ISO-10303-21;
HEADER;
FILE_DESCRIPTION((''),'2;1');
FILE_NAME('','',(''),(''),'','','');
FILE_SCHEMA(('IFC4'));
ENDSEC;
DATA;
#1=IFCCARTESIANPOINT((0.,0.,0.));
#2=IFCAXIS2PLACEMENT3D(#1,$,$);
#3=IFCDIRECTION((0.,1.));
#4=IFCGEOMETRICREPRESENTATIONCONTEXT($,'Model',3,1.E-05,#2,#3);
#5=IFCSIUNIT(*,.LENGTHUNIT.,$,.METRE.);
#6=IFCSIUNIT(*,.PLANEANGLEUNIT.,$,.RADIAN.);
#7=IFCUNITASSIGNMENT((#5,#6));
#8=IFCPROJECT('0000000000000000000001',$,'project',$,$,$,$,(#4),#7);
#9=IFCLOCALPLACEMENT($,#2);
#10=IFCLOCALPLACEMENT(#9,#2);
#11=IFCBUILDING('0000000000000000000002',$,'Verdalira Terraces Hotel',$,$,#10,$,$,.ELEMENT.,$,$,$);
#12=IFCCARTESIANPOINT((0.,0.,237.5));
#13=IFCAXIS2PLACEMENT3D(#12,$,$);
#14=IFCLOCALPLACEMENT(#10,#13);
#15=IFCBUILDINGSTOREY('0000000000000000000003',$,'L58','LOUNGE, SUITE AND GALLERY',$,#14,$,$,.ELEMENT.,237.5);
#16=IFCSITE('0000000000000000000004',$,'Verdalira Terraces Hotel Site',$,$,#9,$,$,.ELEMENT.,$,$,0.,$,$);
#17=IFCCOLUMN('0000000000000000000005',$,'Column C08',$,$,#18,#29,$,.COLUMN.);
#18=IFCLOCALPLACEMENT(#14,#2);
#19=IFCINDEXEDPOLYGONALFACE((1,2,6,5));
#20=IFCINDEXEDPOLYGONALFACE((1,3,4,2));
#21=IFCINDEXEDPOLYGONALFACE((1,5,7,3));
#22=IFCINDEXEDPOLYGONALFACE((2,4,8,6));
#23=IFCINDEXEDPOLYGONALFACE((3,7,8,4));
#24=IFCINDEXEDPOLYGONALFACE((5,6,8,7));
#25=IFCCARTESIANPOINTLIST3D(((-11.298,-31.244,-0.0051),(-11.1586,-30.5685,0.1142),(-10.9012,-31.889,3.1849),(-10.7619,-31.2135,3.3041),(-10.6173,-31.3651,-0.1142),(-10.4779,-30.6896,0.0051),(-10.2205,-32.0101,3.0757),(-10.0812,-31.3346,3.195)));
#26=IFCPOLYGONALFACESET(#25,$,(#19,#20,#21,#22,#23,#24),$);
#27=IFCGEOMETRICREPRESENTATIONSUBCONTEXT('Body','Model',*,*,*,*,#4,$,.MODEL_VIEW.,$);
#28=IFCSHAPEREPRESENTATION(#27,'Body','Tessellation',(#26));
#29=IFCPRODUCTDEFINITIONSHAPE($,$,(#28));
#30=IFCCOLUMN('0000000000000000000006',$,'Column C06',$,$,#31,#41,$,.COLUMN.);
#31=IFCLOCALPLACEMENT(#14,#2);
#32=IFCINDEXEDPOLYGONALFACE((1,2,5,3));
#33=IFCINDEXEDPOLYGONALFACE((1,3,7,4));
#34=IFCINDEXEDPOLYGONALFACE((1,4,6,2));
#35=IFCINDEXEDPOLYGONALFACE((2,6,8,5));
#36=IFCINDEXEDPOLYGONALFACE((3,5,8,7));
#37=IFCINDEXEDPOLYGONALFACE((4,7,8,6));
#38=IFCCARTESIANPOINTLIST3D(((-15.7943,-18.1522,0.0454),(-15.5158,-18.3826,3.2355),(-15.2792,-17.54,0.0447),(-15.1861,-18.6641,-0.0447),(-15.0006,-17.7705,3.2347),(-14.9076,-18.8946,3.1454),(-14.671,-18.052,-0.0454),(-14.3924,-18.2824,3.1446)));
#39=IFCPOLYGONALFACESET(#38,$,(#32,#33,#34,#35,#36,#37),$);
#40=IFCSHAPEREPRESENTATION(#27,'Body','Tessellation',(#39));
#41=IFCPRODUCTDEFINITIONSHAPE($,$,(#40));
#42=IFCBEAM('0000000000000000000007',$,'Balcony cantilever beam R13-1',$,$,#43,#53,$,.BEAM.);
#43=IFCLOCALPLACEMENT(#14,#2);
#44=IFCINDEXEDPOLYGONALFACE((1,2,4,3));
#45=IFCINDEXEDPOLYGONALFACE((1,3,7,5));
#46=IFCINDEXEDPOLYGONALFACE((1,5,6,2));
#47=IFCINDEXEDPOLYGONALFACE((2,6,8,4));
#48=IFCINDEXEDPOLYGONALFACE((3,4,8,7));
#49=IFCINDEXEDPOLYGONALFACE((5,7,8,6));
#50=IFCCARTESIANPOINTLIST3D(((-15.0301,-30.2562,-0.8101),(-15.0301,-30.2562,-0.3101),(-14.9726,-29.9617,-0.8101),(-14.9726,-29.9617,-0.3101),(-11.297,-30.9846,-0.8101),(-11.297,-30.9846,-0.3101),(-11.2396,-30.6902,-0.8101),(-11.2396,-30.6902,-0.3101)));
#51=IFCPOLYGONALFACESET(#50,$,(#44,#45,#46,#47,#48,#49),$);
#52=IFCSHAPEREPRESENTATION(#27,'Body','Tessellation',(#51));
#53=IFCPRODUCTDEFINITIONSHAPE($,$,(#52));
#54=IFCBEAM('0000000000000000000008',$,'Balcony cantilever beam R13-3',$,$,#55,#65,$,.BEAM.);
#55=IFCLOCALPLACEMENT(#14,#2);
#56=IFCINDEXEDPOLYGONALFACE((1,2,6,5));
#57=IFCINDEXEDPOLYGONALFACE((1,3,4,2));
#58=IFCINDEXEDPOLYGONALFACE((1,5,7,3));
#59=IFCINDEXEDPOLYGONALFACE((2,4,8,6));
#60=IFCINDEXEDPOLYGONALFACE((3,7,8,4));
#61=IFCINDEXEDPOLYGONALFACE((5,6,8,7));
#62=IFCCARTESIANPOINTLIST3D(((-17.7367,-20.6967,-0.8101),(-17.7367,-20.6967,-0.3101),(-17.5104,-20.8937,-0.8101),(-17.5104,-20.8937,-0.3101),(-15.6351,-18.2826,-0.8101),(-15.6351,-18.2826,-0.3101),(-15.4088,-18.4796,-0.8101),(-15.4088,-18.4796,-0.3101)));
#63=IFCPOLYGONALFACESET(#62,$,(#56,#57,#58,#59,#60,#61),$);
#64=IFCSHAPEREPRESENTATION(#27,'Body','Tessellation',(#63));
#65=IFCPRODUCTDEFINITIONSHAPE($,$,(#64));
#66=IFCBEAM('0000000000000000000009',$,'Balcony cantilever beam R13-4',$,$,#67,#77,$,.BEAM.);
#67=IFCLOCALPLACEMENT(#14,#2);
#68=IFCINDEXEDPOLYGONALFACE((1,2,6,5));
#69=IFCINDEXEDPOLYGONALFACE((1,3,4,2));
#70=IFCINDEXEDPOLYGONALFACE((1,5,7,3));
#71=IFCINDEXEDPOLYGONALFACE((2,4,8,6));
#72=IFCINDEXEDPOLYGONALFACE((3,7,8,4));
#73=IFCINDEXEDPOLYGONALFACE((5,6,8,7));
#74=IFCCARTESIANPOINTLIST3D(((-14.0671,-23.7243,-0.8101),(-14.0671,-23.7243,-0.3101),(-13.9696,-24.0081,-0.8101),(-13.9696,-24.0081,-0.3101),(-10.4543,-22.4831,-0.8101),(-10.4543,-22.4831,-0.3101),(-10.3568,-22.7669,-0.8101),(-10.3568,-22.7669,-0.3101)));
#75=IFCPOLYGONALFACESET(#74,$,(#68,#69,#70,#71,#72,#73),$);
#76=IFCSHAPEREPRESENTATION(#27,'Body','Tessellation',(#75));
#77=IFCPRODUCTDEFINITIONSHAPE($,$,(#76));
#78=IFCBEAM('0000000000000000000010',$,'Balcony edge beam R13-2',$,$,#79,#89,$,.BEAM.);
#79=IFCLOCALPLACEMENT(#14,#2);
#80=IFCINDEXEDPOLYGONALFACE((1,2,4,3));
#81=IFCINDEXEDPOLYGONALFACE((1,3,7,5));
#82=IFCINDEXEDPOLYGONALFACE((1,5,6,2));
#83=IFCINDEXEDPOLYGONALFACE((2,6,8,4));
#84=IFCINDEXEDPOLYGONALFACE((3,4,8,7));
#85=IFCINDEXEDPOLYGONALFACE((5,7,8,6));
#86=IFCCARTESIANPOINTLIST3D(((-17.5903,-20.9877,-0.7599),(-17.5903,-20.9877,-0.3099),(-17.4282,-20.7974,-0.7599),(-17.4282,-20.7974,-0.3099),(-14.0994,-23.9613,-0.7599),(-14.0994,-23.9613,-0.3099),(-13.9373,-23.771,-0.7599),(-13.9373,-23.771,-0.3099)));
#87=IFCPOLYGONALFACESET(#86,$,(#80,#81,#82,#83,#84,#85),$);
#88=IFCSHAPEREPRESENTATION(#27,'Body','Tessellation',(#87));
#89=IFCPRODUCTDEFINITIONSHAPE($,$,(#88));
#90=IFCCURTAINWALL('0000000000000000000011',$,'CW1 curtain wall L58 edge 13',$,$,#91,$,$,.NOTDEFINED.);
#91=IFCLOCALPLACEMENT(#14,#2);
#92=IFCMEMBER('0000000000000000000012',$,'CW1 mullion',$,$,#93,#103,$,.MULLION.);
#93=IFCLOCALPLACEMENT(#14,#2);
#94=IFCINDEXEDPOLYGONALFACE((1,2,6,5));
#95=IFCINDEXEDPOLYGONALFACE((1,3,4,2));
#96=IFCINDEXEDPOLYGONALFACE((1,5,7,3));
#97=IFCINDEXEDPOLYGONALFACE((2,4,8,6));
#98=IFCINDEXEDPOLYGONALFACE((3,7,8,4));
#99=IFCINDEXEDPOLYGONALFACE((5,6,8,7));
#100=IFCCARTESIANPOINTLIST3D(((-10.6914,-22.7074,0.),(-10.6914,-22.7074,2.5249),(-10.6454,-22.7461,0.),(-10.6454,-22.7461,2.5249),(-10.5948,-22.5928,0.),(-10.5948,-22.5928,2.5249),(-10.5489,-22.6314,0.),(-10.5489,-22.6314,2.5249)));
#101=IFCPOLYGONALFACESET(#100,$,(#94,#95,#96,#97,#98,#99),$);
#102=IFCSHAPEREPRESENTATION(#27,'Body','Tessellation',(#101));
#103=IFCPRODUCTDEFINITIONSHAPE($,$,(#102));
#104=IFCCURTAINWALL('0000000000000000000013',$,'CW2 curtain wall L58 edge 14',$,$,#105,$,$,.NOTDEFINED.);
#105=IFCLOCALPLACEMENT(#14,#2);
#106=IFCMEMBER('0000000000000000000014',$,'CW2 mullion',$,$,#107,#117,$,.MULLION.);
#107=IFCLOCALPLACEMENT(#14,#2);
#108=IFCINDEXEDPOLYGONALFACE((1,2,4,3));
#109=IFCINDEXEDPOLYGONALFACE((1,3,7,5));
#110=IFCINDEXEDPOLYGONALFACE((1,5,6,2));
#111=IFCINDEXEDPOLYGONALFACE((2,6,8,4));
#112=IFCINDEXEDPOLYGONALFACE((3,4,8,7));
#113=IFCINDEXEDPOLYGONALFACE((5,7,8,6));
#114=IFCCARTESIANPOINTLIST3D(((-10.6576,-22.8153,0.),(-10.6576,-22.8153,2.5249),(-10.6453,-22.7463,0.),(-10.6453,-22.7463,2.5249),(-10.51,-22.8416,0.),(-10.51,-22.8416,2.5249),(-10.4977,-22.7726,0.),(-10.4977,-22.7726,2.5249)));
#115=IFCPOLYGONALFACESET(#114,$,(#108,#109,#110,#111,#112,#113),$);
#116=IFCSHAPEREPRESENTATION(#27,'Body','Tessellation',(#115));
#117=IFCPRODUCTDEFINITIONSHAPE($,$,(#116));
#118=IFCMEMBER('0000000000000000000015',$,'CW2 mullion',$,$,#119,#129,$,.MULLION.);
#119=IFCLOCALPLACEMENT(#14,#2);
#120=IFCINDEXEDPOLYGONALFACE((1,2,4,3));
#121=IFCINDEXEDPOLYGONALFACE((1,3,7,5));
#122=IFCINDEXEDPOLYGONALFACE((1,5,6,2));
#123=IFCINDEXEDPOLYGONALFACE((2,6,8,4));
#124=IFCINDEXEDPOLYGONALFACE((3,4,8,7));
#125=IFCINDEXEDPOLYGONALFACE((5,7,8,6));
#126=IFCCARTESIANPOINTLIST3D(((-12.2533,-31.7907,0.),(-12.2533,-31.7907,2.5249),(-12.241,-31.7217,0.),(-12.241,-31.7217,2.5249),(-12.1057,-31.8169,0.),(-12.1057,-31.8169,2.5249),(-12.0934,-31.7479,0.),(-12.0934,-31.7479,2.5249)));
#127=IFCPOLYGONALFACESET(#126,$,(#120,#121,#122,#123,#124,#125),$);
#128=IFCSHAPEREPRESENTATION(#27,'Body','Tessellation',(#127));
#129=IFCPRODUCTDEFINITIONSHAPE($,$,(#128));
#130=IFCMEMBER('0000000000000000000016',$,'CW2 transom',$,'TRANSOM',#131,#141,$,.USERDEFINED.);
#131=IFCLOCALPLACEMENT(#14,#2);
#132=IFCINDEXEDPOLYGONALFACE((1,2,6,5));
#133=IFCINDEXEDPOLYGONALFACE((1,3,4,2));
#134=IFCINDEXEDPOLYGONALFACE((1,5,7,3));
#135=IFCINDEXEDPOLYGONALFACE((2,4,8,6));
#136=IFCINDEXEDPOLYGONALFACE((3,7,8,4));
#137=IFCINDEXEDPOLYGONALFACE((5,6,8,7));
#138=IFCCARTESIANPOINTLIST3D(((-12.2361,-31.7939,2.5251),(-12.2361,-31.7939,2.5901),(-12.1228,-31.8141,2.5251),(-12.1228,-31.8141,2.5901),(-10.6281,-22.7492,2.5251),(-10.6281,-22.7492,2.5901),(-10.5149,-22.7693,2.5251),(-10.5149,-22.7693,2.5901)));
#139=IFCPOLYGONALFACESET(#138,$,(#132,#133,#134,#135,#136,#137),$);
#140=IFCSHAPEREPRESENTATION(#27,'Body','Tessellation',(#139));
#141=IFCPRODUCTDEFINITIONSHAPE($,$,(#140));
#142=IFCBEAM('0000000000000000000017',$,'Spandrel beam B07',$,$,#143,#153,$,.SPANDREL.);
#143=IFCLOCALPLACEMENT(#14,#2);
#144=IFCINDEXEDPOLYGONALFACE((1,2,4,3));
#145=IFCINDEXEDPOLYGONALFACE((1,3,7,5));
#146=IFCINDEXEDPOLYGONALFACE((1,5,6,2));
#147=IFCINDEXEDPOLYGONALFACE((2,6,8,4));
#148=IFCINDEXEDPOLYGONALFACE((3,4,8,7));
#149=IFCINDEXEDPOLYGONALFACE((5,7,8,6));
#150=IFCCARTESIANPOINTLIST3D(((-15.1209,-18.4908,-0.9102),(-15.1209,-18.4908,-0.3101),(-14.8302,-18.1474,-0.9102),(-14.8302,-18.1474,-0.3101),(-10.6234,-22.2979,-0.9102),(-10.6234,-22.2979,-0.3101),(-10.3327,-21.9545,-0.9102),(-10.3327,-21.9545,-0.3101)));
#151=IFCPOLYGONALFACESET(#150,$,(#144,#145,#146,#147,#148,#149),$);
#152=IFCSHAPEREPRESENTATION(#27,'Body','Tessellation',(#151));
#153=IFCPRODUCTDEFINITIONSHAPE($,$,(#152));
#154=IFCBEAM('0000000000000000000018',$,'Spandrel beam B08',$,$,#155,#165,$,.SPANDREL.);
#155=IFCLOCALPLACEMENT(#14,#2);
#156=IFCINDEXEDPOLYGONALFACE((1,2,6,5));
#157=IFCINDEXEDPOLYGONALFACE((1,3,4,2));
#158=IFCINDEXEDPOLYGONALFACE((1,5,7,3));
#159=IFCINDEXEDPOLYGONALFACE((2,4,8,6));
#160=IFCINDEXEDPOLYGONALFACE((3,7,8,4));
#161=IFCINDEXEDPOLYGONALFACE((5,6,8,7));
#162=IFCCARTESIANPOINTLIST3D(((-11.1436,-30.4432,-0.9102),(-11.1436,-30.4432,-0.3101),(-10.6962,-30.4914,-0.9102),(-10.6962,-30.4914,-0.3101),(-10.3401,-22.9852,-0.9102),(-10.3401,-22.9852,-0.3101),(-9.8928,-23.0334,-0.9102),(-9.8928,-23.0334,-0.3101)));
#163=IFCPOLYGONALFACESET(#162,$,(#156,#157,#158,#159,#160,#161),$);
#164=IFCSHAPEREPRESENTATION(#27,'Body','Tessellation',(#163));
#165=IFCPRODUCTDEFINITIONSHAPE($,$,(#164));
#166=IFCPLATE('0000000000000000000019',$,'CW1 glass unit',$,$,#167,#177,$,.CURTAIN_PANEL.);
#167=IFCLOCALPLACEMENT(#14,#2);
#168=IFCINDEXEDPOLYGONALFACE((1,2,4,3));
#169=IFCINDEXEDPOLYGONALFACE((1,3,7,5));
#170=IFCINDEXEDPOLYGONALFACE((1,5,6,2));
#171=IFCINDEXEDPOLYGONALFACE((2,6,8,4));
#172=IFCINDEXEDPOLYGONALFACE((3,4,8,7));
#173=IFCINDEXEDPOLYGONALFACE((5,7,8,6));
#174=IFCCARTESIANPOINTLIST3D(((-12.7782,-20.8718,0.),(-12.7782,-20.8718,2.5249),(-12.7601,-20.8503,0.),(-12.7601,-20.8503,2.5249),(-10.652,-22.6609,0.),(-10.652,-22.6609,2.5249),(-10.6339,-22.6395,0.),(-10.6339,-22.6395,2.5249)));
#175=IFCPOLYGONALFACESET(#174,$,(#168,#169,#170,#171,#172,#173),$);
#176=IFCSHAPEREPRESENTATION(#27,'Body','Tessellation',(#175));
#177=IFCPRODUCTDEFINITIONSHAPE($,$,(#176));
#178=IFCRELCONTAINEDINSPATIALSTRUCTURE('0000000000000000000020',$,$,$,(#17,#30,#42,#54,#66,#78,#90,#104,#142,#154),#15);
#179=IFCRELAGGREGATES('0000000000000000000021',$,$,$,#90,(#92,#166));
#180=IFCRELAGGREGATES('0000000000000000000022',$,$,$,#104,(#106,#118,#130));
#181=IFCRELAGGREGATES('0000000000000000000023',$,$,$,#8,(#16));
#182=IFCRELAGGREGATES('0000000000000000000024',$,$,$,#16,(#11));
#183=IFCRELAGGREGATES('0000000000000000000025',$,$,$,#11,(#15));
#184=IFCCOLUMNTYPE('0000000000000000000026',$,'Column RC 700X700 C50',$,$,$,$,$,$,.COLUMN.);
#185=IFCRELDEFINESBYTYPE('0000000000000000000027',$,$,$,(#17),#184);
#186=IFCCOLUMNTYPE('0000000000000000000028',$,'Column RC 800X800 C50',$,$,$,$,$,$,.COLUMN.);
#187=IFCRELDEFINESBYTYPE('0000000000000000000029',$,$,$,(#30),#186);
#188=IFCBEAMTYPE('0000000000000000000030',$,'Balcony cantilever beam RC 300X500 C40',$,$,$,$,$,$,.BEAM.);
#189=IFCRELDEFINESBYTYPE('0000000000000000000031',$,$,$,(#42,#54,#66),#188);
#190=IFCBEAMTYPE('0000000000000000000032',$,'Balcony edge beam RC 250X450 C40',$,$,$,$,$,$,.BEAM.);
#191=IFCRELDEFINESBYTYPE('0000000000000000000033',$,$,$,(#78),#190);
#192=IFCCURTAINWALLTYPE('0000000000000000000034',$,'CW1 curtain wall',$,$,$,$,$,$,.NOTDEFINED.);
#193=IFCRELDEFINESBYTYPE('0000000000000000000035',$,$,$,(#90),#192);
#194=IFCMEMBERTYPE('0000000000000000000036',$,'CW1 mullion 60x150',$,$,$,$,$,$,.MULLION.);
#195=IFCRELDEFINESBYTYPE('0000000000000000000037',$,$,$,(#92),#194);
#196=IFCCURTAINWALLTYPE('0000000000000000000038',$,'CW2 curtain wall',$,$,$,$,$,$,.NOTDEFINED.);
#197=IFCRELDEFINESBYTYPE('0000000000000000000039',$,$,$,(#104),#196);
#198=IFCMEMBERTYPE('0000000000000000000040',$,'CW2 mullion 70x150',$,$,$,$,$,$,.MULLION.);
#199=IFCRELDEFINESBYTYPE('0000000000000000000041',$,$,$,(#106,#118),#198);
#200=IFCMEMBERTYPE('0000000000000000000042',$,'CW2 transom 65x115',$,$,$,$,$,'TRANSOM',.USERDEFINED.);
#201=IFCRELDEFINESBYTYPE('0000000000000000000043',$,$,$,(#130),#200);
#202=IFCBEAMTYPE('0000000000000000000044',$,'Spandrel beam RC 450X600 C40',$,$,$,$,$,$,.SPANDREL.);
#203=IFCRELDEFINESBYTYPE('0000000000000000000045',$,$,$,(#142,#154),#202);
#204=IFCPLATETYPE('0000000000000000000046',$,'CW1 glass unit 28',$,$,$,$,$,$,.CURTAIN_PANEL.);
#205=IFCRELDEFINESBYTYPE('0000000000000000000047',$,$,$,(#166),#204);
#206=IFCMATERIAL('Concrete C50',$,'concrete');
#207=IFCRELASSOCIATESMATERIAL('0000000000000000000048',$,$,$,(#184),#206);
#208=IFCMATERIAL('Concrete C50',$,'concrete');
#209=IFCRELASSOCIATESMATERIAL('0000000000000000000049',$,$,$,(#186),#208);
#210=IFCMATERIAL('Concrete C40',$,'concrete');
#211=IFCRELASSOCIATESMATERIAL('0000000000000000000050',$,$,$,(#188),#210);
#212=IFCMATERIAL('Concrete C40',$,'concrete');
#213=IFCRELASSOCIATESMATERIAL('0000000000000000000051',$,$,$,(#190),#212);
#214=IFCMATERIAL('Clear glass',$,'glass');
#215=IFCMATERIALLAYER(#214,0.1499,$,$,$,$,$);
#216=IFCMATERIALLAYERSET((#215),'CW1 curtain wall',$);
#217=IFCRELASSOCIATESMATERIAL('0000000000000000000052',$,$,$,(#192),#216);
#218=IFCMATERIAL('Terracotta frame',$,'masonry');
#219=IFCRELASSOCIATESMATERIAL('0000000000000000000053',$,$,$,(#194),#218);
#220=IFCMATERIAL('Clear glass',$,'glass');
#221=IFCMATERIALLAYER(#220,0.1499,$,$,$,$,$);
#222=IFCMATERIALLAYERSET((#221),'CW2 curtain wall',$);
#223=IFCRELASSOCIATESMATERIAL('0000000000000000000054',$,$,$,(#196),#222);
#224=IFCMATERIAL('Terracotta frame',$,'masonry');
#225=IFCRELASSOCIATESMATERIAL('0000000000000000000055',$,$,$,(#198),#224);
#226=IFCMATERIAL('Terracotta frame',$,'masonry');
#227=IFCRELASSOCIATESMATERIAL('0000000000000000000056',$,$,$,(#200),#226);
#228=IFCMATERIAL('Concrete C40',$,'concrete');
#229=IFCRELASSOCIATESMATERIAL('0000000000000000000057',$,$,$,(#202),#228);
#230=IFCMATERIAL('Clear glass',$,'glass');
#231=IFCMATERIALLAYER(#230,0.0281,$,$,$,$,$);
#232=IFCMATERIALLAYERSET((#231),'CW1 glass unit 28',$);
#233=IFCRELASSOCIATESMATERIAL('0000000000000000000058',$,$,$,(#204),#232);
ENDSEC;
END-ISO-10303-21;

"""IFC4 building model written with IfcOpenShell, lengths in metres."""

from ifc_helpers import new_model, si_unit, direction, frame, origin, origin_2d, place, context, subcontext, project, spatial, rectangle, extrude, material, layer, layer_set, material_profile, profile_set, type_object, element, aggregate, save


model = new_model("IFC4")

# Units and contexts
model_context = context("Model", 3, precision=1e-05, world=origin(), true_north=direction((0.0, 1.0)))
body_context = subcontext(model_context, "Body", "Model", "MODEL_VIEW")
ifc_project = project(units=[si_unit("LENGTHUNIT", "METRE"), si_unit("PLANEANGLEUNIT", "RADIAN")], contexts=[model_context])

# Site, building, storey
site_placement = place(None, origin())
site = spatial("IfcSite", under=ifc_project, at=site_placement, Name="Verdalira Terraces Hotel Site", CompositionType="ELEMENT", RefElevation=0.0)
building_placement = place(site_placement, origin())
building = spatial("IfcBuilding", under=site, at=building_placement, Name="Verdalira Terraces Hotel", CompositionType="ELEMENT")
storey_placement = place(building_placement, frame((0.0, 0.0, 237.5)))
storey = spatial("IfcBuildingStorey", under=building, at=storey_placement, Name="L58", Description="LOUNGE, SUITE AND GALLERY", CompositionType="ELEMENT", Elevation=237.5)

# Columns
ifc_material_1 = material(Name="Concrete C50", Category="concrete")
ifc_material_profile_1 = material_profile(ifc_material_1, rectangle(XDim=0.7, YDim=0.7, at=origin_2d()), Name="RC 700X700")
ifc_profile_set_1 = profile_set([ifc_material_profile_1], Name="Concrete C50")
column_type_1 = type_object("IfcColumnType", Name="Column RC 700X700 C50", PredefinedType="COLUMN", material=ifc_profile_set_1)
column_1_placement = place(storey_placement, frame((-10.8879, -30.9668, 0.0), z_axis=(0.121006, -0.196737, 0.972961), x_axis=(-0.199084, -0.965058, -0.170379)))
element("IfcColumn", 1, at=column_1_placement, inside=storey, type_object=column_type_1, Name="Column C08", PredefinedType="COLUMN", context=body_context, shape_type="SweptSolid", body=[
    extrude(rectangle(XDim=0.7, YDim=0.7, at=origin_2d()), origin(), (0.0, 0.0, 1.0), 3.2786),
])
ifc_material_2 = material(Name="Concrete C50", Category="concrete")
ifc_material_profile_2 = material_profile(ifc_material_2, rectangle(XDim=0.8, YDim=0.8, at=origin_2d()), Name="RC 800X800")
ifc_profile_set_2 = profile_set([ifc_material_profile_2], Name="Concrete C50")
column_type_2 = type_object("IfcColumnType", Name="Column RC 800X800 C50", PredefinedType="COLUMN", material=ifc_profile_set_2)
column_2_placement = place(storey_placement, frame((-15.2327, -18.1021, 0.0), z_axis=(0.08677, -0.071789, 0.993638), x_axis=(0.760182, -0.639876, -0.112614)))
element("IfcColumn", 2, at=column_2_placement, inside=storey, type_object=column_type_2, Name="Column C06", PredefinedType="COLUMN", context=body_context, shape_type="SweptSolid", body=[
    extrude(rectangle(XDim=0.8, YDim=0.8, at=origin_2d()), origin(), (0.0, 0.0, 1.0), 3.2104),
])

# Beams
ifc_material_3 = material(Name="Concrete C40", Category="concrete")
ifc_material_profile_3 = material_profile(ifc_material_3, rectangle(XDim=0.3, YDim=0.5, at=origin_2d()), Name="RC 300X500")
ifc_profile_set_3 = profile_set([ifc_material_profile_3], Name="Concrete C40")
beam_type_1 = type_object("IfcBeamType", Name="Balcony cantilever beam RC 300X500 C40", PredefinedType="BEAM", material=ifc_profile_set_3)
beam_1_placement = place(storey_placement, frame((-11.2683, -30.8374, -0.5601), z_axis=(-0.981486, 0.191534, 0.0), x_axis=(-0.191534, -0.981486, 0.0)))
element("IfcBeam", 3, at=beam_1_placement, inside=storey, type_object=beam_type_1, Name="Balcony cantilever beam R13-1", PredefinedType="BEAM", context=body_context, shape_type="SweptSolid", body=[
    extrude(rectangle(XDim=0.3, YDim=0.5, at=origin_2d()), origin(), (0.0, 0.0, 1.0), 3.8035),
])
beam_2_placement = place(storey_placement, frame((-15.522, -18.3811, -0.5601), z_axis=(-0.656602, -0.754238, 0.0), x_axis=(0.754238, -0.656602, 0.0)))
element("IfcBeam", 4, at=beam_2_placement, inside=storey, type_object=beam_type_1, Name="Balcony cantilever beam R13-3", PredefinedType="BEAM", context=body_context, shape_type="SweptSolid", body=[
    extrude(rectangle(XDim=0.3, YDim=0.5, at=origin_2d()), origin(), (0.0, 0.0, 1.0), 3.2007),
])
beam_3_placement = place(storey_placement, frame((-10.4055, -22.625, -0.5601), z_axis=(-0.945742, -0.324919, 0.0), x_axis=(0.324919, -0.945742, 0.0)))
element("IfcBeam", 5, at=beam_3_placement, inside=storey, type_object=beam_type_1, Name="Balcony cantilever beam R13-4", PredefinedType="BEAM", context=body_context, shape_type="SweptSolid", body=[
    extrude(rectangle(XDim=0.3, YDim=0.5, at=origin_2d()), origin(), (0.0, 0.0, 1.0), 3.8201),
])
ifc_material_4 = material(Name="Concrete C40", Category="concrete")
ifc_material_profile_4 = material_profile(ifc_material_4, rectangle(XDim=0.25, YDim=0.45, at=origin_2d()), Name="RC 250X450")
ifc_profile_set_4 = profile_set([ifc_material_profile_4], Name="Concrete C40")
beam_type_2 = type_object("IfcBeamType", Name="Balcony edge beam RC 250X450 C40", PredefinedType="BEAM", material=ifc_profile_set_4)
beam_4_placement = place(storey_placement, frame((-17.5093, -20.8926, -0.5349), z_axis=(0.76126, -0.648447, 0.0), x_axis=(0.648447, 0.76126, 0.0)))
element("IfcBeam", 6, at=beam_4_placement, inside=storey, type_object=beam_type_2, Name="Balcony edge beam R13-2", PredefinedType="BEAM", context=body_context, shape_type="SweptSolid", body=[
    extrude(rectangle(XDim=0.25, YDim=0.45, at=origin_2d()), origin(), (0.0, 0.0, 1.0), 4.5857),
])

# Curtain wall, member
ifc_material_5 = material(Name="Clear glass", Category="glass")
ifc_layer_1 = layer(ifc_material_5, 0.1499)
ifc_layer_set_1 = layer_set([ifc_layer_1], Name="CW1 curtain wall")
curtain_wall_type_1 = type_object("IfcCurtainWallType", Name="CW1 curtain wall", PredefinedType="NOTDEFINED", material=ifc_layer_set_1)
curtain_wall_1_placement = place(storey_placement, origin())
curtain_wall_1 = element("IfcCurtainWall", 7, at=curtain_wall_1_placement, inside=storey, type_object=curtain_wall_type_1, Name="CW1 curtain wall L58 edge 13", PredefinedType="NOTDEFINED")
ifc_material_6 = material(Name="Terracotta frame", Category="masonry")
ifc_material_profile_5 = material_profile(ifc_material_6, rectangle(XDim=0.0601, YDim=0.1499, at=origin_2d()), Name="MU 60x150")
ifc_profile_set_5 = profile_set([ifc_material_profile_5], Name="Terracotta frame")
member_type_1 = type_object("IfcMemberType", Name="CW1 mullion 60x150", PredefinedType="MULLION", material=ifc_profile_set_5)
member_1_placement = place(storey_placement, frame((-10.6201, -22.6694, 0.0), z_axis=(0.0, 0.0, 1.0), x_axis=(0.765146, -0.643857, 0.0)))
member_1 = element("IfcMember", 8, at=member_1_placement, type_object=member_type_1, Name="CW1 mullion", PredefinedType="MULLION", context=body_context, shape_type="SweptSolid", body=[
    extrude(rectangle(XDim=0.0601, YDim=0.1499, at=origin_2d()), origin(), (0.0, 0.0, 1.0), 2.5249),
])

# Curtain wall, members
ifc_material_7 = material(Name="Clear glass", Category="glass")
ifc_layer_2 = layer(ifc_material_7, 0.1499)
ifc_layer_set_2 = layer_set([ifc_layer_2], Name="CW2 curtain wall")
curtain_wall_type_2 = type_object("IfcCurtainWallType", Name="CW2 curtain wall", PredefinedType="NOTDEFINED", material=ifc_layer_set_2)
curtain_wall_2_placement = place(storey_placement, origin())
curtain_wall_2 = element("IfcCurtainWall", 9, at=curtain_wall_2_placement, inside=storey, type_object=curtain_wall_type_2, Name="CW2 curtain wall L58 edge 14", PredefinedType="NOTDEFINED")
ifc_material_8 = material(Name="Terracotta frame", Category="masonry")
ifc_material_profile_6 = material_profile(ifc_material_8, rectangle(XDim=0.0701, YDim=0.1499, at=origin_2d()), Name="MU 70x150")
ifc_profile_set_6 = profile_set([ifc_material_profile_6], Name="Terracotta frame")
member_type_2 = type_object("IfcMemberType", Name="CW2 mullion 70x150", PredefinedType="MULLION", material=ifc_profile_set_6)
member_2_placement = place(storey_placement, frame((-10.5776, -22.7939, 0.0), z_axis=(0.0, 0.0, 1.0), x_axis=(-0.175023, -0.984564, 0.0)))
member_2 = element("IfcMember", 10, at=member_2_placement, type_object=member_type_2, Name="CW2 mullion", PredefinedType="MULLION", context=body_context, shape_type="SweptSolid", body=[
    extrude(rectangle(XDim=0.0701, YDim=0.1499, at=origin_2d()), origin(), (0.0, 0.0, 1.0), 2.5249),
])
member_3_placement = place(storey_placement, frame((-12.1733, -31.7693, 0.0), z_axis=(0.0, 0.0, 1.0), x_axis=(-0.175023, -0.984564, 0.0)))
member_3 = element("IfcMember", 11, at=member_3_placement, type_object=member_type_2, Name="CW2 mullion", PredefinedType="MULLION", context=body_context, shape_type="SweptSolid", body=[
    extrude(rectangle(XDim=0.0701, YDim=0.1499, at=origin_2d()), origin(), (0.0, 0.0, 1.0), 2.5249),
])
ifc_material_9 = material(Name="Terracotta frame", Category="masonry")
ifc_material_profile_7 = material_profile(ifc_material_9, rectangle(XDim=0.115, YDim=0.0649, at=origin_2d()), Name="TR 65x115")
ifc_profile_set_7 = profile_set([ifc_material_profile_7], Name="Terracotta frame")
member_type_3 = type_object("IfcMemberType", Name="CW2 transom 65x115", ElementType="TRANSOM", PredefinedType="USERDEFINED", material=ifc_profile_set_7)
member_4_placement = place(storey_placement, frame((-10.5715, -22.7593, 2.5576), z_axis=(-0.17503, -0.984563, 0.0), x_axis=(0.984563, -0.17503, 0.0)))
member_4 = element("IfcMember", 12, at=member_4_placement, type_object=member_type_3, Name="CW2 transom", ObjectType="TRANSOM", PredefinedType="USERDEFINED", context=body_context, shape_type="SweptSolid", body=[
    extrude(rectangle(XDim=0.115, YDim=0.0649, at=origin_2d()), origin(), (0.0, 0.0, 1.0), 9.1865),
])

# Beams
ifc_material_10 = material(Name="Concrete C40", Category="concrete")
ifc_material_profile_8 = material_profile(ifc_material_10, rectangle(XDim=0.45, YDim=0.6001, at=origin_2d()), Name="RC 450X600")
ifc_profile_set_8 = profile_set([ifc_material_profile_8], Name="Concrete C40")
beam_type_3 = type_object("IfcBeamType", Name="Spandrel beam RC 450X600 C40", PredefinedType="SPANDREL", material=ifc_profile_set_8)
beam_5_placement = place(storey_placement, frame((-14.9756, -18.3191, -0.6101), z_axis=(0.763261, -0.646091, 0.0), x_axis=(0.646091, 0.763261, 0.0)))
element("IfcBeam", 13, at=beam_5_placement, inside=storey, type_object=beam_type_3, Name="Spandrel beam B07", PredefinedType="SPANDREL", context=body_context, shape_type="SweptSolid", body=[
    extrude(rectangle(XDim=0.45, YDim=0.6001, at=origin_2d()), origin(), (0.0, 0.0, 1.0), 5.8926),
])
beam_6_placement = place(storey_placement, frame((-10.1165, -23.0093, -0.6101), z_axis=(-0.107112, -0.994247, 0.0), x_axis=(0.994247, -0.107112, 0.0)))
element("IfcBeam", 14, at=beam_6_placement, inside=storey, type_object=beam_type_3, Name="Spandrel beam B08", PredefinedType="SPANDREL", context=body_context, shape_type="SweptSolid", body=[
    extrude(rectangle(XDim=0.45, YDim=0.6001, at=origin_2d()), origin(), (0.0, 0.0, 1.0), 7.5012),
])

# Plate
ifc_material_11 = material(Name="Clear glass", Category="glass")
ifc_layer_3 = layer(ifc_material_11, 0.0281)
ifc_layer_set_3 = layer_set([ifc_layer_3], Name="CW1 glass unit 28")
plate_type_1 = type_object("IfcPlateType", Name="CW1 glass unit 28", PredefinedType="CURTAIN_PANEL", material=ifc_layer_set_3)
plate_1_placement = place(storey_placement, frame((-11.7061, -21.7556, 0.0), z_axis=(0.0, 0.0, 1.0), x_axis=(0.765146, -0.643857, 0.0)))
plate_1 = element("IfcPlate", 15, at=plate_1_placement, type_object=plate_type_1, Name="CW1 glass unit", PredefinedType="CURTAIN_PANEL", context=body_context, shape_type="SweptSolid", body=[
    extrude(rectangle(XDim=2.7788, YDim=0.0281, at=origin_2d()), origin(), (0.0, 0.0, 1.0), 2.5249),
])
aggregate(curtain_wall_1, [member_1, plate_1])
aggregate(curtain_wall_2, [member_2, member_3, member_4])

save(model, "model.ifc")
